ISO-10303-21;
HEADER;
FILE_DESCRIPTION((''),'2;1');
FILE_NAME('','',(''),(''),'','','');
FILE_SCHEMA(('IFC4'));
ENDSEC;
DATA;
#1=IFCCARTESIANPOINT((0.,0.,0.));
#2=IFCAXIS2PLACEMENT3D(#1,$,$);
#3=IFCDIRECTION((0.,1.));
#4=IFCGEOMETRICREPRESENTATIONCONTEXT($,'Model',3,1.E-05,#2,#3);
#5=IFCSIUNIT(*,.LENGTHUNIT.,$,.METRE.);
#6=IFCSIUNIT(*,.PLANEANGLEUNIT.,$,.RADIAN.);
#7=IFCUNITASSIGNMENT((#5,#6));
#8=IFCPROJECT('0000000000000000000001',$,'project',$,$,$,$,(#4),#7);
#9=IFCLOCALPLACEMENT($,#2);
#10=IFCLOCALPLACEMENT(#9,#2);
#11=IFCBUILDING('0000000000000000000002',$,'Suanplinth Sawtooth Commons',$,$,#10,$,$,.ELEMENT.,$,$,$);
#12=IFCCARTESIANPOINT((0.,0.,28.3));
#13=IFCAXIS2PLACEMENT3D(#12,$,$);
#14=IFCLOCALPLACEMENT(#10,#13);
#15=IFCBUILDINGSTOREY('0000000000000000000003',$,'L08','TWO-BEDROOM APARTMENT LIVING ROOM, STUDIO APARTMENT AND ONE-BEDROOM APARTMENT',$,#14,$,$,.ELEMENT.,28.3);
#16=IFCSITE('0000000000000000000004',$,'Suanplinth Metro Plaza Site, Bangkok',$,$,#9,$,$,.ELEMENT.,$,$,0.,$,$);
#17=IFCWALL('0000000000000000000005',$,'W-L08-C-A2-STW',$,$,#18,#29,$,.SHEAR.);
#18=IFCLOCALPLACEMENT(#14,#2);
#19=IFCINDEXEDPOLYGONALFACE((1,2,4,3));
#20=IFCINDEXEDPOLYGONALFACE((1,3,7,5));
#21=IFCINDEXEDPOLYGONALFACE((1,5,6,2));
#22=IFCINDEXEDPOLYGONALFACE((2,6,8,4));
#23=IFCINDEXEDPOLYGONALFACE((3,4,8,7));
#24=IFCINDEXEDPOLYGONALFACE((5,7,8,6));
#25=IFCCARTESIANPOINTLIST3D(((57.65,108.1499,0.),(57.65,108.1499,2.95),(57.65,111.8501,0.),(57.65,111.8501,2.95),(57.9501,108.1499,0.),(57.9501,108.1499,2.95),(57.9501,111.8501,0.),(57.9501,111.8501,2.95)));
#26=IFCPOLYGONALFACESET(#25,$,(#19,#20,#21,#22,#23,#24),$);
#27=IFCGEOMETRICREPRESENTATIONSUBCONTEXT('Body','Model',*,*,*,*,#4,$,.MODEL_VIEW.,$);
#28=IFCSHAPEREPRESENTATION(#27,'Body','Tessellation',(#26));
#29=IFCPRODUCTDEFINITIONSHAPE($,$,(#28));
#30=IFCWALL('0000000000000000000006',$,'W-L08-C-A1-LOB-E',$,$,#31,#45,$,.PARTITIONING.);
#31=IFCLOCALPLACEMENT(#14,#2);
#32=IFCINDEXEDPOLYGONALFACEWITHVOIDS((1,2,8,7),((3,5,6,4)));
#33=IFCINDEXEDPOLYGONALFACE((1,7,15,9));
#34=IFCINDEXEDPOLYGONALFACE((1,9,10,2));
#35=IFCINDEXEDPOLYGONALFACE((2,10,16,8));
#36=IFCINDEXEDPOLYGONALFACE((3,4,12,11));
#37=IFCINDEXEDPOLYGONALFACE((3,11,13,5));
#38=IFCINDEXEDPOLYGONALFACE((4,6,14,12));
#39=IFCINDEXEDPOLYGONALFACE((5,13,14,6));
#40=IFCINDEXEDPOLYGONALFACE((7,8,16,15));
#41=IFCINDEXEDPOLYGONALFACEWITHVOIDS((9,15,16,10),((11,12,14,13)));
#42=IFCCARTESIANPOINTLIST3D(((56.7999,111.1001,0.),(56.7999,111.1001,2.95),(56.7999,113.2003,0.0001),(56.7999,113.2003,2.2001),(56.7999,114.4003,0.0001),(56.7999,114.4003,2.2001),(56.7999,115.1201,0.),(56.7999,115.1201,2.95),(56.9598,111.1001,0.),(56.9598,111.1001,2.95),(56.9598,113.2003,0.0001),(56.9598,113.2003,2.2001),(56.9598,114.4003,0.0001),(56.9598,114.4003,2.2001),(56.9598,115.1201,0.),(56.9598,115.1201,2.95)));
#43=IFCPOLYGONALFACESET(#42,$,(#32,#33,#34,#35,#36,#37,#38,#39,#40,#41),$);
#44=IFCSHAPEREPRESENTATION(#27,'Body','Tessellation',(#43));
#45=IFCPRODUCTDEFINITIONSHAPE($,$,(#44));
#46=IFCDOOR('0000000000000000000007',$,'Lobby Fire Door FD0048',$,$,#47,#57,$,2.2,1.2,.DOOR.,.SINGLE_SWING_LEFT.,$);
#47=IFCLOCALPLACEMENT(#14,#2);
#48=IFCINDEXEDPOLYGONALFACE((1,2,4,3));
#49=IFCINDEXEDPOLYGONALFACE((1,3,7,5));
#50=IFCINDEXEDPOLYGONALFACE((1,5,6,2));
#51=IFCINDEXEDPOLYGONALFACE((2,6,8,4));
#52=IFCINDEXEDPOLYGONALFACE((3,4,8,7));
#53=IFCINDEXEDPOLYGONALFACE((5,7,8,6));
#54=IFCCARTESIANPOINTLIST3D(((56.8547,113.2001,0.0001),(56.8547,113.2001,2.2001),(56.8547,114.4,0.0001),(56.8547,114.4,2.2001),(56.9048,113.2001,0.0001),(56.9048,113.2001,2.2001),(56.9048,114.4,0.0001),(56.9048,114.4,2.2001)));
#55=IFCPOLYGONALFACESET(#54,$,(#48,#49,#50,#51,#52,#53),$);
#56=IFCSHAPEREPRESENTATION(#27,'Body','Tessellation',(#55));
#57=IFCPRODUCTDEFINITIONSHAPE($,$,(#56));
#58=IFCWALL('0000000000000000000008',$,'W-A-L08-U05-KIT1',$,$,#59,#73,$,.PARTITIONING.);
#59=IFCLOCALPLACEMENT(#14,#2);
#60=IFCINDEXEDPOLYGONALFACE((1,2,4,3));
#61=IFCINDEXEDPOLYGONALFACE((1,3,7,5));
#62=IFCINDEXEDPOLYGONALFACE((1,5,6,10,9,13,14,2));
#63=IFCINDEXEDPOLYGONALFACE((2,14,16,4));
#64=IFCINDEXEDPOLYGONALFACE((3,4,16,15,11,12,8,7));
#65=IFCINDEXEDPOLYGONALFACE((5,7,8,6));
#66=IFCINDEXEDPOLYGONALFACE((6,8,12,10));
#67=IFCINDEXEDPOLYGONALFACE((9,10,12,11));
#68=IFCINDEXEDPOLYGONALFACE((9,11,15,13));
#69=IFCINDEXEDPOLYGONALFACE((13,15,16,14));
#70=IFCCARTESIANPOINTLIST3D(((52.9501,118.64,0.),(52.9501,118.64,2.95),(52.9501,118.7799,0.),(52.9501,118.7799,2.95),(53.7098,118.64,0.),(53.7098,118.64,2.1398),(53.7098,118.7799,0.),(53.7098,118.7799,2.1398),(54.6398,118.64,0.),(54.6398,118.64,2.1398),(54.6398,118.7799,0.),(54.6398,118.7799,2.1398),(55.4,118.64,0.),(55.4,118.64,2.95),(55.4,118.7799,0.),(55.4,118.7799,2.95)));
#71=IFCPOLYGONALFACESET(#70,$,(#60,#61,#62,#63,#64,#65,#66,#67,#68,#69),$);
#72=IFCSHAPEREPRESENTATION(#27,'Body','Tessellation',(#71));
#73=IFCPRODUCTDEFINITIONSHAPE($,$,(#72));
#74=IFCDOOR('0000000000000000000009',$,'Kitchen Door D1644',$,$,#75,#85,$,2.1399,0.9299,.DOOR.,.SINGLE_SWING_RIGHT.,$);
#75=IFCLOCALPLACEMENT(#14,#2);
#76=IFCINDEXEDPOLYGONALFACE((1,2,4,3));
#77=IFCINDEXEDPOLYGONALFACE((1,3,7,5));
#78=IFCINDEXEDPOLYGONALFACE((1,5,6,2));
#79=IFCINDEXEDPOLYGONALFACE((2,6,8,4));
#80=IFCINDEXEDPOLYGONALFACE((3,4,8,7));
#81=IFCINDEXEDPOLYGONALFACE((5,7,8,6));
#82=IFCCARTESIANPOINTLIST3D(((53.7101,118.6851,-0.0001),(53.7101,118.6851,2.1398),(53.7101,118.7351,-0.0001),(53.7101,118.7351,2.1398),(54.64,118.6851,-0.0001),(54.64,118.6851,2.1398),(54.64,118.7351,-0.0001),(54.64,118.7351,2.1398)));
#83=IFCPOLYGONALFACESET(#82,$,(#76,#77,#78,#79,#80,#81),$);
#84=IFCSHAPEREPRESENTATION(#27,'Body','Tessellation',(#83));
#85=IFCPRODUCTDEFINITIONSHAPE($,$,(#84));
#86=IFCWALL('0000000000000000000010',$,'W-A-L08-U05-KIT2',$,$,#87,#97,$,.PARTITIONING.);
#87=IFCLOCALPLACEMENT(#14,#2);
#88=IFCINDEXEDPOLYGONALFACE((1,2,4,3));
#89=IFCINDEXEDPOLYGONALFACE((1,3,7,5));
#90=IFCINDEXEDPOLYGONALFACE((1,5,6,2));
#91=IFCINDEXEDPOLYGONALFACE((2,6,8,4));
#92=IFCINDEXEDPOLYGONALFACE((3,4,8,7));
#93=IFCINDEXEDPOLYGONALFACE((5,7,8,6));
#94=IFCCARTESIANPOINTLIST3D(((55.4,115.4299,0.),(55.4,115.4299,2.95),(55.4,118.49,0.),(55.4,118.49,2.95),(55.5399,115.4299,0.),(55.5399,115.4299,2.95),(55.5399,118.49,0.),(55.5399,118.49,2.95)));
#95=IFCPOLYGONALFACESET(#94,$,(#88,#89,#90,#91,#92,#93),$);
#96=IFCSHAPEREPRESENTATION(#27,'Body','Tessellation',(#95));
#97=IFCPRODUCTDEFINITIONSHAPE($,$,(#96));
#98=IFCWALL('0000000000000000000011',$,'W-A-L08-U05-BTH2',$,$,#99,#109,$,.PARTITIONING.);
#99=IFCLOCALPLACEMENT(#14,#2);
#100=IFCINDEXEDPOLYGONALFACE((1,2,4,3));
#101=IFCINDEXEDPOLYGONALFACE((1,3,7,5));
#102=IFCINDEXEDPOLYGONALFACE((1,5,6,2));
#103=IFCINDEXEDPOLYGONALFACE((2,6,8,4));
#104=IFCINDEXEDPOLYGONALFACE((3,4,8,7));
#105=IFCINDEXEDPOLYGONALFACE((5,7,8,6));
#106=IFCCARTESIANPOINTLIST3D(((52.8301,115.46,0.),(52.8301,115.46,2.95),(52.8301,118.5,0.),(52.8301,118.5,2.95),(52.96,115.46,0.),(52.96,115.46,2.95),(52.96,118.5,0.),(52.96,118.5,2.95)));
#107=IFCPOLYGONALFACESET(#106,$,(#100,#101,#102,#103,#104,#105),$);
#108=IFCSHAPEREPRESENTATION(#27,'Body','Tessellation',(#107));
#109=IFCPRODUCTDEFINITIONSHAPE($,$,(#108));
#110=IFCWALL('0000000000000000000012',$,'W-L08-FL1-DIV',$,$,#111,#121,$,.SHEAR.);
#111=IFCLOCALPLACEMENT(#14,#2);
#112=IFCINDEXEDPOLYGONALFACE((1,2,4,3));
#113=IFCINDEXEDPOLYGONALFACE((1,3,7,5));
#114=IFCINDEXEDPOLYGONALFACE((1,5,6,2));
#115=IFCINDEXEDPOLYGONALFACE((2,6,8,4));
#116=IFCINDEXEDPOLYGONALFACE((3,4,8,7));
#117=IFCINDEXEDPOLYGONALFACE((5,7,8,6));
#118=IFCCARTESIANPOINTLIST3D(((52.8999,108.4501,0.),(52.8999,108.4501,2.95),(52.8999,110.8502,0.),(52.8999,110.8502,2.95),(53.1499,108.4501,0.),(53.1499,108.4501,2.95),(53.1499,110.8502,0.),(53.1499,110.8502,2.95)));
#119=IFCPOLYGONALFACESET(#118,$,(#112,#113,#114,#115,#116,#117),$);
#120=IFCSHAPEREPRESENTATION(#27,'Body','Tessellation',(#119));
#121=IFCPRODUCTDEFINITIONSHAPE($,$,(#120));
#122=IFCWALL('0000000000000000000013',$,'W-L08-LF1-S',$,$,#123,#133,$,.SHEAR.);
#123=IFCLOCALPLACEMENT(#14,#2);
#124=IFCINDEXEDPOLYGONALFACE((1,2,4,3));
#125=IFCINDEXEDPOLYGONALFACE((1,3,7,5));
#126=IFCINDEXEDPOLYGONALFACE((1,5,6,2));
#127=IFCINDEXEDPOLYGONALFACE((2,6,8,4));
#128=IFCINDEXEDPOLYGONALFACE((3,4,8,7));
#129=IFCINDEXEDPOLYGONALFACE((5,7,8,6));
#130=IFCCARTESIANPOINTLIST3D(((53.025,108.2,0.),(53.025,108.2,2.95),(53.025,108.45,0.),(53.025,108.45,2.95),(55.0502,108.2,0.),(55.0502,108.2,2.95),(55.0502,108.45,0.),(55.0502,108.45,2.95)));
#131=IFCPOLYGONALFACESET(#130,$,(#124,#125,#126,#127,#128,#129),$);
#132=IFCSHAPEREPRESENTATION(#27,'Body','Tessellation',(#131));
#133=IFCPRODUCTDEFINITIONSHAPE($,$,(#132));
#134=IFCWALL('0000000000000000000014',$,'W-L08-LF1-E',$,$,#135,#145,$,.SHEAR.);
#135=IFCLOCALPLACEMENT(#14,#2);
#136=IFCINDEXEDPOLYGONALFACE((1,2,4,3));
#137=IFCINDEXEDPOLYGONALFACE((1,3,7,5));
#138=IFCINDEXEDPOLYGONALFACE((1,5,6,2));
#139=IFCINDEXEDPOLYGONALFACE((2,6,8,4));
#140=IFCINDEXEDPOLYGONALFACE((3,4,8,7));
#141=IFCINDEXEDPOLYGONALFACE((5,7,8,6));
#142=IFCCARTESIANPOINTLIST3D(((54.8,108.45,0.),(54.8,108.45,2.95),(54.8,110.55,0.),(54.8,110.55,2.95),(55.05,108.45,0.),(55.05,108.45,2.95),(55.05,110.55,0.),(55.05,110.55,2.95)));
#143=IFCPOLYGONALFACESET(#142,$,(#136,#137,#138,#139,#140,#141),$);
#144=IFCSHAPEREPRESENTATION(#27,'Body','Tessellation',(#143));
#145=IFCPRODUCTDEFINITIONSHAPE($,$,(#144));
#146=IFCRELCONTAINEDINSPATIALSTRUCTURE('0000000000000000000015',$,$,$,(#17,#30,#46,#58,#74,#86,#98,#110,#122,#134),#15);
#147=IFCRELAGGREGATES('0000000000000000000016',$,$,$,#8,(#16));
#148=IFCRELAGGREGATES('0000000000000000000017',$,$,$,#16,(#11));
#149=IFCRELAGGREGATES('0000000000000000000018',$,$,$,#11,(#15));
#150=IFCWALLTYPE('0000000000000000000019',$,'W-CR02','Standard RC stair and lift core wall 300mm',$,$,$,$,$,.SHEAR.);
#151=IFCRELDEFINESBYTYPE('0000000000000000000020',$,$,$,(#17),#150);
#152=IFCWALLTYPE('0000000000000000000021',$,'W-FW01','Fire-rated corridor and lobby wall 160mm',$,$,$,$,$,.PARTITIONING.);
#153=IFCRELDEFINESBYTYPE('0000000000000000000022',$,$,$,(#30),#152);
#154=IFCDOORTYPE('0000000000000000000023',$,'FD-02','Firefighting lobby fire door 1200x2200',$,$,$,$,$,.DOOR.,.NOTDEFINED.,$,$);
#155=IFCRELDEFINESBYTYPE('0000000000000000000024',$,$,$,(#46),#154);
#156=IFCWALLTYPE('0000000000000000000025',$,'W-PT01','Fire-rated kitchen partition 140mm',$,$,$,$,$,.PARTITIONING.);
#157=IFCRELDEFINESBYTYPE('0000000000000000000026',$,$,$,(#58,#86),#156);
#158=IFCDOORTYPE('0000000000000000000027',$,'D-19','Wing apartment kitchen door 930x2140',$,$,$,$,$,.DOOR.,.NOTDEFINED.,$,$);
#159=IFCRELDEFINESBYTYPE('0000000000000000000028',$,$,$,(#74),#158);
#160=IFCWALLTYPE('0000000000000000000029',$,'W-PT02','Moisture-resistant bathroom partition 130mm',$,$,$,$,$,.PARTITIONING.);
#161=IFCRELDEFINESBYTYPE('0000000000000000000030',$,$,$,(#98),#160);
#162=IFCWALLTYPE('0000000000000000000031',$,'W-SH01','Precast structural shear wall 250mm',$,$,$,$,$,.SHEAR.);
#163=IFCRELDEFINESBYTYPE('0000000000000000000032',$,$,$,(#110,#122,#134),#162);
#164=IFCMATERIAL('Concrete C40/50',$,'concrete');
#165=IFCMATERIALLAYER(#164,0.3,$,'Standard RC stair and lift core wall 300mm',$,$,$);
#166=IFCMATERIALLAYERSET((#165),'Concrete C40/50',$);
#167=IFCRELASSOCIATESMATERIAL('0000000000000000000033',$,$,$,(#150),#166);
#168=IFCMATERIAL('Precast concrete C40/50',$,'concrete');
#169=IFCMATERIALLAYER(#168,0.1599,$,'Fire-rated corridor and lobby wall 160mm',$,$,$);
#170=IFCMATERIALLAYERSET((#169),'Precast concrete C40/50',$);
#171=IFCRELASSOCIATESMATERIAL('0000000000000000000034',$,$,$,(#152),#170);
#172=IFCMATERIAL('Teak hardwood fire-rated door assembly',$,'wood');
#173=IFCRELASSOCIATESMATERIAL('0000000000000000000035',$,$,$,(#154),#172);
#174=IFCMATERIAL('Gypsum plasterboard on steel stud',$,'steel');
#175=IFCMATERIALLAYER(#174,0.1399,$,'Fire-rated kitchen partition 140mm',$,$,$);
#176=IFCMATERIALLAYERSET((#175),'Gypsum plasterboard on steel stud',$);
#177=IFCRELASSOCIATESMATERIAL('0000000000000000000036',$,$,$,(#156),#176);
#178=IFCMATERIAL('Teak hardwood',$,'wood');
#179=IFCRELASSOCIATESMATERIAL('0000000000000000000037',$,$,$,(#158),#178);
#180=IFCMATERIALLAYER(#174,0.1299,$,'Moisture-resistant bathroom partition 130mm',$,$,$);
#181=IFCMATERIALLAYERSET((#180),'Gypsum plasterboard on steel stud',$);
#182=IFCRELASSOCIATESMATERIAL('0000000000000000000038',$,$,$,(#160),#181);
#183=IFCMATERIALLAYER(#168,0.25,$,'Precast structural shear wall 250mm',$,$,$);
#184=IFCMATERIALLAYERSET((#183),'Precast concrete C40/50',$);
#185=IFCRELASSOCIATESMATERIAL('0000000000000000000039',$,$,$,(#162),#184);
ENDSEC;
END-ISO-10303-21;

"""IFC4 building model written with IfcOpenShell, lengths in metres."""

from ifc_helpers import new_model, si_unit, direction, frame, frame_2d, origin, place, context, subcontext, project, spatial, rectangle, extrude, material, layer, layer_set, type_object, element, fill, save


model = new_model("IFC4")

# Units and contexts
model_context = context("Model", 3, precision=1e-05, world=origin(), true_north=direction((0.0, 1.0)))
body_context = subcontext(model_context, "Body", "Model", "MODEL_VIEW")
ifc_project = project(units=[si_unit("LENGTHUNIT", "METRE"), si_unit("PLANEANGLEUNIT", "RADIAN")], contexts=[model_context])

# Site, building, storey
site_placement = place(None, origin())
site = spatial("IfcSite", under=ifc_project, at=site_placement, Name="Suanplinth Metro Plaza Site, Bangkok", CompositionType="ELEMENT", RefElevation=0.0)
building_placement = place(site_placement, origin())
building = spatial("IfcBuilding", under=site, at=building_placement, Name="Suanplinth Sawtooth Commons", CompositionType="ELEMENT")
storey_placement = place(building_placement, frame((0.0, 0.0, 28.3)))
storey = spatial("IfcBuildingStorey", under=building, at=storey_placement, Name="L08", Description="TWO-BEDROOM APARTMENT LIVING ROOM, STUDIO APARTMENT AND ONE-BEDROOM APARTMENT", CompositionType="ELEMENT", Elevation=28.3)

# Shared definitions
ifc_material_1 = material(Name="Precast concrete C40/50", Category="concrete")

# Wall
ifc_material_2 = material(Name="Concrete C40/50", Category="concrete")
ifc_layer_1 = layer(ifc_material_2, 0.3, Name="Standard RC stair and lift core wall 300mm")
ifc_layer_set_1 = layer_set([ifc_layer_1], Name="Concrete C40/50")
wall_type_1 = type_object("IfcWallType", Name="W-CR02", Description="Standard RC stair and lift core wall 300mm", PredefinedType="SHEAR", material=ifc_layer_set_1)
wall_1_placement = place(storey_placement, frame((57.8, 108.1499, 0.0), z_axis=(0.0, 0.0, 1.0), x_axis=(0.0, 1.0, 0.0)))
element("IfcWall", 1, at=wall_1_placement, inside=storey, type_object=wall_type_1, Name="W-L08-C-A2-STW", PredefinedType="SHEAR", context=body_context, shape_type="SweptSolid", body=[
    extrude(rectangle(XDim=3.7002, YDim=0.3, at=frame_2d((1.8501, 0.0))), origin(), (0.0, 0.0, 1.0), 2.95),
])

# Walls, openings, doors
ifc_layer_2 = layer(ifc_material_1, 0.1599, Name="Fire-rated corridor and lobby wall 160mm")
ifc_layer_set_2 = layer_set([ifc_layer_2], Name="Precast concrete C40/50")
wall_type_2 = type_object("IfcWallType", Name="W-FW01", Description="Fire-rated corridor and lobby wall 160mm", PredefinedType="PARTITIONING", material=ifc_layer_set_2)
wall_2_placement = place(storey_placement, frame((56.8799, 111.1001, 0.0), z_axis=(0.0, 0.0, 1.0), x_axis=(0.0, 1.0, 0.0)))
wall_2 = element("IfcWall", 2, at=wall_2_placement, inside=storey, type_object=wall_type_2, Name="W-L08-C-A1-LOB-E", PredefinedType="PARTITIONING", context=body_context, shape_type="SweptSolid", body=[
    extrude(rectangle(XDim=4.02, YDim=0.1599, at=frame_2d((2.01, 0.0))), origin(), (0.0, 0.0, 1.0), 2.95),
])
opening_1_placement = place(wall_2_placement, frame((2.1001, 0.0, 0.0)))
opening_1 = element("IfcOpeningElement", 3, at=opening_1_placement, cuts=wall_2, PredefinedType="OPENING", context=body_context, shape_type="SweptSolid", body=[
    extrude(rectangle(XDim=1.2, YDim=2.2, at=frame_2d((0.6001, 1.1001))), frame((0.0, 0.0947, 0.0), z_axis=(0.0, -1.0, 0.0), x_axis=(1.0, 0.0, 0.0)), (0.0, 0.0, 1.0), 0.1897),
])
ifc_material_3 = material(Name="Teak hardwood fire-rated door assembly", Category="wood")
door_type_1 = type_object("IfcDoorType", Name="FD-02", Description="Firefighting lobby fire door 1200x2200", OperationType="NOTDEFINED", PredefinedType="DOOR", material=ifc_material_3)
door_1_placement = place(opening_1_placement, frame((1.2, 0.0, 0.0), z_axis=(0.0, 0.0, 1.0), x_axis=(-1.0, 0.0, 0.0)))
door_1 = element("IfcDoor", 4, at=door_1_placement, inside=storey, type_object=door_type_1, Name="Lobby Fire Door FD0048", OperationType="SINGLE_SWING_LEFT", OverallHeight=2.2, OverallWidth=1.2, PredefinedType="DOOR", context=body_context, shape_type="SweptSolid", body=[
    extrude(rectangle(XDim=1.2, YDim=2.2, at=frame_2d((0.6001, 1.1001))), frame((0.0, 0.0249, 0.0), z_axis=(0.0, -1.0, 0.0), x_axis=(1.0, 0.0, 0.0)), (0.0, 0.0, 1.0), 0.05),
])
fill(opening_1, door_1)
ifc_material_4 = material(Name="Gypsum plasterboard on steel stud", Category="steel")
ifc_layer_3 = layer(ifc_material_4, 0.1399, Name="Fire-rated kitchen partition 140mm")
ifc_layer_set_3 = layer_set([ifc_layer_3], Name="Gypsum plasterboard on steel stud")
wall_type_3 = type_object("IfcWallType", Name="W-PT01", Description="Fire-rated kitchen partition 140mm", PredefinedType="PARTITIONING", material=ifc_layer_set_3)
wall_3_placement = place(storey_placement, frame((52.95, 118.71, 0.0), z_axis=(0.0, 0.0, 1.0), x_axis=(1.0, 0.0, 0.0)))
wall_3 = element("IfcWall", 5, at=wall_3_placement, inside=storey, type_object=wall_type_3, Name="W-A-L08-U05-KIT1", PredefinedType="PARTITIONING", context=body_context, shape_type="SweptSolid", body=[
    extrude(rectangle(XDim=2.45, YDim=0.1399, at=frame_2d((1.2251, 0.0))), origin(), (0.0, 0.0, 1.0), 2.95),
])
opening_2_placement = place(wall_3_placement, frame((0.76, 0.0, 0.0)))
opening_2 = element("IfcOpeningElement", 6, at=opening_2_placement, cuts=wall_3, PredefinedType="OPENING", context=body_context, shape_type="SweptSolid", body=[
    extrude(rectangle(XDim=0.9299, YDim=2.1399, at=frame_2d((0.4648, 1.0698))), frame((0.0, 0.085, 0.0), z_axis=(0.0, -1.0, 0.0), x_axis=(1.0, 0.0, 0.0)), (0.0, 0.0, 1.0), 0.1697),
])
ifc_material_5 = material(Name="Teak hardwood", Category="wood")
door_type_2 = type_object("IfcDoorType", Name="D-19", Description="Wing apartment kitchen door 930x2140", OperationType="NOTDEFINED", PredefinedType="DOOR", material=ifc_material_5)
door_2_placement = place(opening_2_placement, frame((0.9299, 0.0, 0.0), z_axis=(0.0, 0.0, 1.0), x_axis=(-1.0, 0.0, 0.0)))
door_2 = element("IfcDoor", 7, at=door_2_placement, inside=storey, type_object=door_type_2, Name="Kitchen Door D1644", OperationType="SINGLE_SWING_RIGHT", OverallHeight=2.1399, OverallWidth=0.9299, PredefinedType="DOOR", context=body_context, shape_type="SweptSolid", body=[
    extrude(rectangle(XDim=0.9299, YDim=2.1399, at=frame_2d((0.4648, 1.0698))), frame((0.0, 0.0249, 0.0), z_axis=(0.0, -1.0, 0.0), x_axis=(1.0, 0.0, 0.0)), (0.0, 0.0, 1.0), 0.05),
])
fill(opening_2, door_2)

# Walls
wall_4_placement = place(storey_placement, frame((55.47, 115.4299, 0.0), z_axis=(0.0, 0.0, 1.0), x_axis=(0.0, 1.0, 0.0)))
element("IfcWall", 8, at=wall_4_placement, inside=storey, type_object=wall_type_3, Name="W-A-L08-U05-KIT2", PredefinedType="PARTITIONING", context=body_context, shape_type="SweptSolid", body=[
    extrude(rectangle(XDim=3.0601, YDim=0.1399, at=frame_2d((1.53, 0.0))), origin(), (0.0, 0.0, 1.0), 2.95),
])
ifc_layer_4 = layer(ifc_material_4, 0.1299, Name="Moisture-resistant bathroom partition 130mm")
ifc_layer_set_4 = layer_set([ifc_layer_4], Name="Gypsum plasterboard on steel stud")
wall_type_4 = type_object("IfcWallType", Name="W-PT02", Description="Moisture-resistant bathroom partition 130mm", PredefinedType="PARTITIONING", material=ifc_layer_set_4)
wall_5_placement = place(storey_placement, frame((52.895, 115.46, 0.0), z_axis=(0.0, 0.0, 1.0), x_axis=(0.0, 1.0, 0.0)))
element("IfcWall", 9, at=wall_5_placement, inside=storey, type_object=wall_type_4, Name="W-A-L08-U05-BTH2", PredefinedType="PARTITIONING", context=body_context, shape_type="SweptSolid", body=[
    extrude(rectangle(XDim=3.04, YDim=0.1299, at=frame_2d((1.52, 0.0))), origin(), (0.0, 0.0, 1.0), 2.95),
])
ifc_layer_5 = layer(ifc_material_1, 0.25, Name="Precast structural shear wall 250mm")
ifc_layer_set_5 = layer_set([ifc_layer_5], Name="Precast concrete C40/50")
wall_type_5 = type_object("IfcWallType", Name="W-SH01", Description="Precast structural shear wall 250mm", PredefinedType="SHEAR", material=ifc_layer_set_5)
wall_6_placement = place(storey_placement, frame((53.0249, 108.45, 0.0), z_axis=(0.0, 0.0, 1.0), x_axis=(0.0, 1.0, 0.0)))
element("IfcWall", 10, at=wall_6_placement, inside=storey, type_object=wall_type_5, Name="W-L08-FL1-DIV", PredefinedType="SHEAR", context=body_context, shape_type="SweptSolid", body=[
    extrude(rectangle(XDim=2.4001, YDim=0.25, at=frame_2d((1.2002, 0.0))), origin(), (0.0, 0.0, 1.0), 2.95),
])
wall_7_placement = place(storey_placement, frame((53.0249, 108.325, 0.0), z_axis=(0.0, 0.0, 1.0), x_axis=(1.0, 0.0, 0.0)))
element("IfcWall", 11, at=wall_7_placement, inside=storey, type_object=wall_type_5, Name="W-L08-LF1-S", PredefinedType="SHEAR", context=body_context, shape_type="SweptSolid", body=[
    extrude(rectangle(XDim=2.0251, YDim=0.25, at=frame_2d((1.0127, 0.0))), origin(), (0.0, 0.0, 1.0), 2.95),
])

# Wall
wall_8_placement = place(storey_placement, frame((54.925, 108.45, 0.0), z_axis=(0.0, 0.0, 1.0), x_axis=(0.0, 1.0, 0.0)))
element("IfcWall", 12, at=wall_8_placement, inside=storey, type_object=wall_type_5, Name="W-L08-LF1-E", PredefinedType="SHEAR", context=body_context, shape_type="SweptSolid", body=[
    extrude(rectangle(XDim=2.1001, YDim=0.25, at=frame_2d((1.05, 0.0))), origin(), (0.0, 0.0, 1.0), 2.95),
])

save(model, "model.ifc")
